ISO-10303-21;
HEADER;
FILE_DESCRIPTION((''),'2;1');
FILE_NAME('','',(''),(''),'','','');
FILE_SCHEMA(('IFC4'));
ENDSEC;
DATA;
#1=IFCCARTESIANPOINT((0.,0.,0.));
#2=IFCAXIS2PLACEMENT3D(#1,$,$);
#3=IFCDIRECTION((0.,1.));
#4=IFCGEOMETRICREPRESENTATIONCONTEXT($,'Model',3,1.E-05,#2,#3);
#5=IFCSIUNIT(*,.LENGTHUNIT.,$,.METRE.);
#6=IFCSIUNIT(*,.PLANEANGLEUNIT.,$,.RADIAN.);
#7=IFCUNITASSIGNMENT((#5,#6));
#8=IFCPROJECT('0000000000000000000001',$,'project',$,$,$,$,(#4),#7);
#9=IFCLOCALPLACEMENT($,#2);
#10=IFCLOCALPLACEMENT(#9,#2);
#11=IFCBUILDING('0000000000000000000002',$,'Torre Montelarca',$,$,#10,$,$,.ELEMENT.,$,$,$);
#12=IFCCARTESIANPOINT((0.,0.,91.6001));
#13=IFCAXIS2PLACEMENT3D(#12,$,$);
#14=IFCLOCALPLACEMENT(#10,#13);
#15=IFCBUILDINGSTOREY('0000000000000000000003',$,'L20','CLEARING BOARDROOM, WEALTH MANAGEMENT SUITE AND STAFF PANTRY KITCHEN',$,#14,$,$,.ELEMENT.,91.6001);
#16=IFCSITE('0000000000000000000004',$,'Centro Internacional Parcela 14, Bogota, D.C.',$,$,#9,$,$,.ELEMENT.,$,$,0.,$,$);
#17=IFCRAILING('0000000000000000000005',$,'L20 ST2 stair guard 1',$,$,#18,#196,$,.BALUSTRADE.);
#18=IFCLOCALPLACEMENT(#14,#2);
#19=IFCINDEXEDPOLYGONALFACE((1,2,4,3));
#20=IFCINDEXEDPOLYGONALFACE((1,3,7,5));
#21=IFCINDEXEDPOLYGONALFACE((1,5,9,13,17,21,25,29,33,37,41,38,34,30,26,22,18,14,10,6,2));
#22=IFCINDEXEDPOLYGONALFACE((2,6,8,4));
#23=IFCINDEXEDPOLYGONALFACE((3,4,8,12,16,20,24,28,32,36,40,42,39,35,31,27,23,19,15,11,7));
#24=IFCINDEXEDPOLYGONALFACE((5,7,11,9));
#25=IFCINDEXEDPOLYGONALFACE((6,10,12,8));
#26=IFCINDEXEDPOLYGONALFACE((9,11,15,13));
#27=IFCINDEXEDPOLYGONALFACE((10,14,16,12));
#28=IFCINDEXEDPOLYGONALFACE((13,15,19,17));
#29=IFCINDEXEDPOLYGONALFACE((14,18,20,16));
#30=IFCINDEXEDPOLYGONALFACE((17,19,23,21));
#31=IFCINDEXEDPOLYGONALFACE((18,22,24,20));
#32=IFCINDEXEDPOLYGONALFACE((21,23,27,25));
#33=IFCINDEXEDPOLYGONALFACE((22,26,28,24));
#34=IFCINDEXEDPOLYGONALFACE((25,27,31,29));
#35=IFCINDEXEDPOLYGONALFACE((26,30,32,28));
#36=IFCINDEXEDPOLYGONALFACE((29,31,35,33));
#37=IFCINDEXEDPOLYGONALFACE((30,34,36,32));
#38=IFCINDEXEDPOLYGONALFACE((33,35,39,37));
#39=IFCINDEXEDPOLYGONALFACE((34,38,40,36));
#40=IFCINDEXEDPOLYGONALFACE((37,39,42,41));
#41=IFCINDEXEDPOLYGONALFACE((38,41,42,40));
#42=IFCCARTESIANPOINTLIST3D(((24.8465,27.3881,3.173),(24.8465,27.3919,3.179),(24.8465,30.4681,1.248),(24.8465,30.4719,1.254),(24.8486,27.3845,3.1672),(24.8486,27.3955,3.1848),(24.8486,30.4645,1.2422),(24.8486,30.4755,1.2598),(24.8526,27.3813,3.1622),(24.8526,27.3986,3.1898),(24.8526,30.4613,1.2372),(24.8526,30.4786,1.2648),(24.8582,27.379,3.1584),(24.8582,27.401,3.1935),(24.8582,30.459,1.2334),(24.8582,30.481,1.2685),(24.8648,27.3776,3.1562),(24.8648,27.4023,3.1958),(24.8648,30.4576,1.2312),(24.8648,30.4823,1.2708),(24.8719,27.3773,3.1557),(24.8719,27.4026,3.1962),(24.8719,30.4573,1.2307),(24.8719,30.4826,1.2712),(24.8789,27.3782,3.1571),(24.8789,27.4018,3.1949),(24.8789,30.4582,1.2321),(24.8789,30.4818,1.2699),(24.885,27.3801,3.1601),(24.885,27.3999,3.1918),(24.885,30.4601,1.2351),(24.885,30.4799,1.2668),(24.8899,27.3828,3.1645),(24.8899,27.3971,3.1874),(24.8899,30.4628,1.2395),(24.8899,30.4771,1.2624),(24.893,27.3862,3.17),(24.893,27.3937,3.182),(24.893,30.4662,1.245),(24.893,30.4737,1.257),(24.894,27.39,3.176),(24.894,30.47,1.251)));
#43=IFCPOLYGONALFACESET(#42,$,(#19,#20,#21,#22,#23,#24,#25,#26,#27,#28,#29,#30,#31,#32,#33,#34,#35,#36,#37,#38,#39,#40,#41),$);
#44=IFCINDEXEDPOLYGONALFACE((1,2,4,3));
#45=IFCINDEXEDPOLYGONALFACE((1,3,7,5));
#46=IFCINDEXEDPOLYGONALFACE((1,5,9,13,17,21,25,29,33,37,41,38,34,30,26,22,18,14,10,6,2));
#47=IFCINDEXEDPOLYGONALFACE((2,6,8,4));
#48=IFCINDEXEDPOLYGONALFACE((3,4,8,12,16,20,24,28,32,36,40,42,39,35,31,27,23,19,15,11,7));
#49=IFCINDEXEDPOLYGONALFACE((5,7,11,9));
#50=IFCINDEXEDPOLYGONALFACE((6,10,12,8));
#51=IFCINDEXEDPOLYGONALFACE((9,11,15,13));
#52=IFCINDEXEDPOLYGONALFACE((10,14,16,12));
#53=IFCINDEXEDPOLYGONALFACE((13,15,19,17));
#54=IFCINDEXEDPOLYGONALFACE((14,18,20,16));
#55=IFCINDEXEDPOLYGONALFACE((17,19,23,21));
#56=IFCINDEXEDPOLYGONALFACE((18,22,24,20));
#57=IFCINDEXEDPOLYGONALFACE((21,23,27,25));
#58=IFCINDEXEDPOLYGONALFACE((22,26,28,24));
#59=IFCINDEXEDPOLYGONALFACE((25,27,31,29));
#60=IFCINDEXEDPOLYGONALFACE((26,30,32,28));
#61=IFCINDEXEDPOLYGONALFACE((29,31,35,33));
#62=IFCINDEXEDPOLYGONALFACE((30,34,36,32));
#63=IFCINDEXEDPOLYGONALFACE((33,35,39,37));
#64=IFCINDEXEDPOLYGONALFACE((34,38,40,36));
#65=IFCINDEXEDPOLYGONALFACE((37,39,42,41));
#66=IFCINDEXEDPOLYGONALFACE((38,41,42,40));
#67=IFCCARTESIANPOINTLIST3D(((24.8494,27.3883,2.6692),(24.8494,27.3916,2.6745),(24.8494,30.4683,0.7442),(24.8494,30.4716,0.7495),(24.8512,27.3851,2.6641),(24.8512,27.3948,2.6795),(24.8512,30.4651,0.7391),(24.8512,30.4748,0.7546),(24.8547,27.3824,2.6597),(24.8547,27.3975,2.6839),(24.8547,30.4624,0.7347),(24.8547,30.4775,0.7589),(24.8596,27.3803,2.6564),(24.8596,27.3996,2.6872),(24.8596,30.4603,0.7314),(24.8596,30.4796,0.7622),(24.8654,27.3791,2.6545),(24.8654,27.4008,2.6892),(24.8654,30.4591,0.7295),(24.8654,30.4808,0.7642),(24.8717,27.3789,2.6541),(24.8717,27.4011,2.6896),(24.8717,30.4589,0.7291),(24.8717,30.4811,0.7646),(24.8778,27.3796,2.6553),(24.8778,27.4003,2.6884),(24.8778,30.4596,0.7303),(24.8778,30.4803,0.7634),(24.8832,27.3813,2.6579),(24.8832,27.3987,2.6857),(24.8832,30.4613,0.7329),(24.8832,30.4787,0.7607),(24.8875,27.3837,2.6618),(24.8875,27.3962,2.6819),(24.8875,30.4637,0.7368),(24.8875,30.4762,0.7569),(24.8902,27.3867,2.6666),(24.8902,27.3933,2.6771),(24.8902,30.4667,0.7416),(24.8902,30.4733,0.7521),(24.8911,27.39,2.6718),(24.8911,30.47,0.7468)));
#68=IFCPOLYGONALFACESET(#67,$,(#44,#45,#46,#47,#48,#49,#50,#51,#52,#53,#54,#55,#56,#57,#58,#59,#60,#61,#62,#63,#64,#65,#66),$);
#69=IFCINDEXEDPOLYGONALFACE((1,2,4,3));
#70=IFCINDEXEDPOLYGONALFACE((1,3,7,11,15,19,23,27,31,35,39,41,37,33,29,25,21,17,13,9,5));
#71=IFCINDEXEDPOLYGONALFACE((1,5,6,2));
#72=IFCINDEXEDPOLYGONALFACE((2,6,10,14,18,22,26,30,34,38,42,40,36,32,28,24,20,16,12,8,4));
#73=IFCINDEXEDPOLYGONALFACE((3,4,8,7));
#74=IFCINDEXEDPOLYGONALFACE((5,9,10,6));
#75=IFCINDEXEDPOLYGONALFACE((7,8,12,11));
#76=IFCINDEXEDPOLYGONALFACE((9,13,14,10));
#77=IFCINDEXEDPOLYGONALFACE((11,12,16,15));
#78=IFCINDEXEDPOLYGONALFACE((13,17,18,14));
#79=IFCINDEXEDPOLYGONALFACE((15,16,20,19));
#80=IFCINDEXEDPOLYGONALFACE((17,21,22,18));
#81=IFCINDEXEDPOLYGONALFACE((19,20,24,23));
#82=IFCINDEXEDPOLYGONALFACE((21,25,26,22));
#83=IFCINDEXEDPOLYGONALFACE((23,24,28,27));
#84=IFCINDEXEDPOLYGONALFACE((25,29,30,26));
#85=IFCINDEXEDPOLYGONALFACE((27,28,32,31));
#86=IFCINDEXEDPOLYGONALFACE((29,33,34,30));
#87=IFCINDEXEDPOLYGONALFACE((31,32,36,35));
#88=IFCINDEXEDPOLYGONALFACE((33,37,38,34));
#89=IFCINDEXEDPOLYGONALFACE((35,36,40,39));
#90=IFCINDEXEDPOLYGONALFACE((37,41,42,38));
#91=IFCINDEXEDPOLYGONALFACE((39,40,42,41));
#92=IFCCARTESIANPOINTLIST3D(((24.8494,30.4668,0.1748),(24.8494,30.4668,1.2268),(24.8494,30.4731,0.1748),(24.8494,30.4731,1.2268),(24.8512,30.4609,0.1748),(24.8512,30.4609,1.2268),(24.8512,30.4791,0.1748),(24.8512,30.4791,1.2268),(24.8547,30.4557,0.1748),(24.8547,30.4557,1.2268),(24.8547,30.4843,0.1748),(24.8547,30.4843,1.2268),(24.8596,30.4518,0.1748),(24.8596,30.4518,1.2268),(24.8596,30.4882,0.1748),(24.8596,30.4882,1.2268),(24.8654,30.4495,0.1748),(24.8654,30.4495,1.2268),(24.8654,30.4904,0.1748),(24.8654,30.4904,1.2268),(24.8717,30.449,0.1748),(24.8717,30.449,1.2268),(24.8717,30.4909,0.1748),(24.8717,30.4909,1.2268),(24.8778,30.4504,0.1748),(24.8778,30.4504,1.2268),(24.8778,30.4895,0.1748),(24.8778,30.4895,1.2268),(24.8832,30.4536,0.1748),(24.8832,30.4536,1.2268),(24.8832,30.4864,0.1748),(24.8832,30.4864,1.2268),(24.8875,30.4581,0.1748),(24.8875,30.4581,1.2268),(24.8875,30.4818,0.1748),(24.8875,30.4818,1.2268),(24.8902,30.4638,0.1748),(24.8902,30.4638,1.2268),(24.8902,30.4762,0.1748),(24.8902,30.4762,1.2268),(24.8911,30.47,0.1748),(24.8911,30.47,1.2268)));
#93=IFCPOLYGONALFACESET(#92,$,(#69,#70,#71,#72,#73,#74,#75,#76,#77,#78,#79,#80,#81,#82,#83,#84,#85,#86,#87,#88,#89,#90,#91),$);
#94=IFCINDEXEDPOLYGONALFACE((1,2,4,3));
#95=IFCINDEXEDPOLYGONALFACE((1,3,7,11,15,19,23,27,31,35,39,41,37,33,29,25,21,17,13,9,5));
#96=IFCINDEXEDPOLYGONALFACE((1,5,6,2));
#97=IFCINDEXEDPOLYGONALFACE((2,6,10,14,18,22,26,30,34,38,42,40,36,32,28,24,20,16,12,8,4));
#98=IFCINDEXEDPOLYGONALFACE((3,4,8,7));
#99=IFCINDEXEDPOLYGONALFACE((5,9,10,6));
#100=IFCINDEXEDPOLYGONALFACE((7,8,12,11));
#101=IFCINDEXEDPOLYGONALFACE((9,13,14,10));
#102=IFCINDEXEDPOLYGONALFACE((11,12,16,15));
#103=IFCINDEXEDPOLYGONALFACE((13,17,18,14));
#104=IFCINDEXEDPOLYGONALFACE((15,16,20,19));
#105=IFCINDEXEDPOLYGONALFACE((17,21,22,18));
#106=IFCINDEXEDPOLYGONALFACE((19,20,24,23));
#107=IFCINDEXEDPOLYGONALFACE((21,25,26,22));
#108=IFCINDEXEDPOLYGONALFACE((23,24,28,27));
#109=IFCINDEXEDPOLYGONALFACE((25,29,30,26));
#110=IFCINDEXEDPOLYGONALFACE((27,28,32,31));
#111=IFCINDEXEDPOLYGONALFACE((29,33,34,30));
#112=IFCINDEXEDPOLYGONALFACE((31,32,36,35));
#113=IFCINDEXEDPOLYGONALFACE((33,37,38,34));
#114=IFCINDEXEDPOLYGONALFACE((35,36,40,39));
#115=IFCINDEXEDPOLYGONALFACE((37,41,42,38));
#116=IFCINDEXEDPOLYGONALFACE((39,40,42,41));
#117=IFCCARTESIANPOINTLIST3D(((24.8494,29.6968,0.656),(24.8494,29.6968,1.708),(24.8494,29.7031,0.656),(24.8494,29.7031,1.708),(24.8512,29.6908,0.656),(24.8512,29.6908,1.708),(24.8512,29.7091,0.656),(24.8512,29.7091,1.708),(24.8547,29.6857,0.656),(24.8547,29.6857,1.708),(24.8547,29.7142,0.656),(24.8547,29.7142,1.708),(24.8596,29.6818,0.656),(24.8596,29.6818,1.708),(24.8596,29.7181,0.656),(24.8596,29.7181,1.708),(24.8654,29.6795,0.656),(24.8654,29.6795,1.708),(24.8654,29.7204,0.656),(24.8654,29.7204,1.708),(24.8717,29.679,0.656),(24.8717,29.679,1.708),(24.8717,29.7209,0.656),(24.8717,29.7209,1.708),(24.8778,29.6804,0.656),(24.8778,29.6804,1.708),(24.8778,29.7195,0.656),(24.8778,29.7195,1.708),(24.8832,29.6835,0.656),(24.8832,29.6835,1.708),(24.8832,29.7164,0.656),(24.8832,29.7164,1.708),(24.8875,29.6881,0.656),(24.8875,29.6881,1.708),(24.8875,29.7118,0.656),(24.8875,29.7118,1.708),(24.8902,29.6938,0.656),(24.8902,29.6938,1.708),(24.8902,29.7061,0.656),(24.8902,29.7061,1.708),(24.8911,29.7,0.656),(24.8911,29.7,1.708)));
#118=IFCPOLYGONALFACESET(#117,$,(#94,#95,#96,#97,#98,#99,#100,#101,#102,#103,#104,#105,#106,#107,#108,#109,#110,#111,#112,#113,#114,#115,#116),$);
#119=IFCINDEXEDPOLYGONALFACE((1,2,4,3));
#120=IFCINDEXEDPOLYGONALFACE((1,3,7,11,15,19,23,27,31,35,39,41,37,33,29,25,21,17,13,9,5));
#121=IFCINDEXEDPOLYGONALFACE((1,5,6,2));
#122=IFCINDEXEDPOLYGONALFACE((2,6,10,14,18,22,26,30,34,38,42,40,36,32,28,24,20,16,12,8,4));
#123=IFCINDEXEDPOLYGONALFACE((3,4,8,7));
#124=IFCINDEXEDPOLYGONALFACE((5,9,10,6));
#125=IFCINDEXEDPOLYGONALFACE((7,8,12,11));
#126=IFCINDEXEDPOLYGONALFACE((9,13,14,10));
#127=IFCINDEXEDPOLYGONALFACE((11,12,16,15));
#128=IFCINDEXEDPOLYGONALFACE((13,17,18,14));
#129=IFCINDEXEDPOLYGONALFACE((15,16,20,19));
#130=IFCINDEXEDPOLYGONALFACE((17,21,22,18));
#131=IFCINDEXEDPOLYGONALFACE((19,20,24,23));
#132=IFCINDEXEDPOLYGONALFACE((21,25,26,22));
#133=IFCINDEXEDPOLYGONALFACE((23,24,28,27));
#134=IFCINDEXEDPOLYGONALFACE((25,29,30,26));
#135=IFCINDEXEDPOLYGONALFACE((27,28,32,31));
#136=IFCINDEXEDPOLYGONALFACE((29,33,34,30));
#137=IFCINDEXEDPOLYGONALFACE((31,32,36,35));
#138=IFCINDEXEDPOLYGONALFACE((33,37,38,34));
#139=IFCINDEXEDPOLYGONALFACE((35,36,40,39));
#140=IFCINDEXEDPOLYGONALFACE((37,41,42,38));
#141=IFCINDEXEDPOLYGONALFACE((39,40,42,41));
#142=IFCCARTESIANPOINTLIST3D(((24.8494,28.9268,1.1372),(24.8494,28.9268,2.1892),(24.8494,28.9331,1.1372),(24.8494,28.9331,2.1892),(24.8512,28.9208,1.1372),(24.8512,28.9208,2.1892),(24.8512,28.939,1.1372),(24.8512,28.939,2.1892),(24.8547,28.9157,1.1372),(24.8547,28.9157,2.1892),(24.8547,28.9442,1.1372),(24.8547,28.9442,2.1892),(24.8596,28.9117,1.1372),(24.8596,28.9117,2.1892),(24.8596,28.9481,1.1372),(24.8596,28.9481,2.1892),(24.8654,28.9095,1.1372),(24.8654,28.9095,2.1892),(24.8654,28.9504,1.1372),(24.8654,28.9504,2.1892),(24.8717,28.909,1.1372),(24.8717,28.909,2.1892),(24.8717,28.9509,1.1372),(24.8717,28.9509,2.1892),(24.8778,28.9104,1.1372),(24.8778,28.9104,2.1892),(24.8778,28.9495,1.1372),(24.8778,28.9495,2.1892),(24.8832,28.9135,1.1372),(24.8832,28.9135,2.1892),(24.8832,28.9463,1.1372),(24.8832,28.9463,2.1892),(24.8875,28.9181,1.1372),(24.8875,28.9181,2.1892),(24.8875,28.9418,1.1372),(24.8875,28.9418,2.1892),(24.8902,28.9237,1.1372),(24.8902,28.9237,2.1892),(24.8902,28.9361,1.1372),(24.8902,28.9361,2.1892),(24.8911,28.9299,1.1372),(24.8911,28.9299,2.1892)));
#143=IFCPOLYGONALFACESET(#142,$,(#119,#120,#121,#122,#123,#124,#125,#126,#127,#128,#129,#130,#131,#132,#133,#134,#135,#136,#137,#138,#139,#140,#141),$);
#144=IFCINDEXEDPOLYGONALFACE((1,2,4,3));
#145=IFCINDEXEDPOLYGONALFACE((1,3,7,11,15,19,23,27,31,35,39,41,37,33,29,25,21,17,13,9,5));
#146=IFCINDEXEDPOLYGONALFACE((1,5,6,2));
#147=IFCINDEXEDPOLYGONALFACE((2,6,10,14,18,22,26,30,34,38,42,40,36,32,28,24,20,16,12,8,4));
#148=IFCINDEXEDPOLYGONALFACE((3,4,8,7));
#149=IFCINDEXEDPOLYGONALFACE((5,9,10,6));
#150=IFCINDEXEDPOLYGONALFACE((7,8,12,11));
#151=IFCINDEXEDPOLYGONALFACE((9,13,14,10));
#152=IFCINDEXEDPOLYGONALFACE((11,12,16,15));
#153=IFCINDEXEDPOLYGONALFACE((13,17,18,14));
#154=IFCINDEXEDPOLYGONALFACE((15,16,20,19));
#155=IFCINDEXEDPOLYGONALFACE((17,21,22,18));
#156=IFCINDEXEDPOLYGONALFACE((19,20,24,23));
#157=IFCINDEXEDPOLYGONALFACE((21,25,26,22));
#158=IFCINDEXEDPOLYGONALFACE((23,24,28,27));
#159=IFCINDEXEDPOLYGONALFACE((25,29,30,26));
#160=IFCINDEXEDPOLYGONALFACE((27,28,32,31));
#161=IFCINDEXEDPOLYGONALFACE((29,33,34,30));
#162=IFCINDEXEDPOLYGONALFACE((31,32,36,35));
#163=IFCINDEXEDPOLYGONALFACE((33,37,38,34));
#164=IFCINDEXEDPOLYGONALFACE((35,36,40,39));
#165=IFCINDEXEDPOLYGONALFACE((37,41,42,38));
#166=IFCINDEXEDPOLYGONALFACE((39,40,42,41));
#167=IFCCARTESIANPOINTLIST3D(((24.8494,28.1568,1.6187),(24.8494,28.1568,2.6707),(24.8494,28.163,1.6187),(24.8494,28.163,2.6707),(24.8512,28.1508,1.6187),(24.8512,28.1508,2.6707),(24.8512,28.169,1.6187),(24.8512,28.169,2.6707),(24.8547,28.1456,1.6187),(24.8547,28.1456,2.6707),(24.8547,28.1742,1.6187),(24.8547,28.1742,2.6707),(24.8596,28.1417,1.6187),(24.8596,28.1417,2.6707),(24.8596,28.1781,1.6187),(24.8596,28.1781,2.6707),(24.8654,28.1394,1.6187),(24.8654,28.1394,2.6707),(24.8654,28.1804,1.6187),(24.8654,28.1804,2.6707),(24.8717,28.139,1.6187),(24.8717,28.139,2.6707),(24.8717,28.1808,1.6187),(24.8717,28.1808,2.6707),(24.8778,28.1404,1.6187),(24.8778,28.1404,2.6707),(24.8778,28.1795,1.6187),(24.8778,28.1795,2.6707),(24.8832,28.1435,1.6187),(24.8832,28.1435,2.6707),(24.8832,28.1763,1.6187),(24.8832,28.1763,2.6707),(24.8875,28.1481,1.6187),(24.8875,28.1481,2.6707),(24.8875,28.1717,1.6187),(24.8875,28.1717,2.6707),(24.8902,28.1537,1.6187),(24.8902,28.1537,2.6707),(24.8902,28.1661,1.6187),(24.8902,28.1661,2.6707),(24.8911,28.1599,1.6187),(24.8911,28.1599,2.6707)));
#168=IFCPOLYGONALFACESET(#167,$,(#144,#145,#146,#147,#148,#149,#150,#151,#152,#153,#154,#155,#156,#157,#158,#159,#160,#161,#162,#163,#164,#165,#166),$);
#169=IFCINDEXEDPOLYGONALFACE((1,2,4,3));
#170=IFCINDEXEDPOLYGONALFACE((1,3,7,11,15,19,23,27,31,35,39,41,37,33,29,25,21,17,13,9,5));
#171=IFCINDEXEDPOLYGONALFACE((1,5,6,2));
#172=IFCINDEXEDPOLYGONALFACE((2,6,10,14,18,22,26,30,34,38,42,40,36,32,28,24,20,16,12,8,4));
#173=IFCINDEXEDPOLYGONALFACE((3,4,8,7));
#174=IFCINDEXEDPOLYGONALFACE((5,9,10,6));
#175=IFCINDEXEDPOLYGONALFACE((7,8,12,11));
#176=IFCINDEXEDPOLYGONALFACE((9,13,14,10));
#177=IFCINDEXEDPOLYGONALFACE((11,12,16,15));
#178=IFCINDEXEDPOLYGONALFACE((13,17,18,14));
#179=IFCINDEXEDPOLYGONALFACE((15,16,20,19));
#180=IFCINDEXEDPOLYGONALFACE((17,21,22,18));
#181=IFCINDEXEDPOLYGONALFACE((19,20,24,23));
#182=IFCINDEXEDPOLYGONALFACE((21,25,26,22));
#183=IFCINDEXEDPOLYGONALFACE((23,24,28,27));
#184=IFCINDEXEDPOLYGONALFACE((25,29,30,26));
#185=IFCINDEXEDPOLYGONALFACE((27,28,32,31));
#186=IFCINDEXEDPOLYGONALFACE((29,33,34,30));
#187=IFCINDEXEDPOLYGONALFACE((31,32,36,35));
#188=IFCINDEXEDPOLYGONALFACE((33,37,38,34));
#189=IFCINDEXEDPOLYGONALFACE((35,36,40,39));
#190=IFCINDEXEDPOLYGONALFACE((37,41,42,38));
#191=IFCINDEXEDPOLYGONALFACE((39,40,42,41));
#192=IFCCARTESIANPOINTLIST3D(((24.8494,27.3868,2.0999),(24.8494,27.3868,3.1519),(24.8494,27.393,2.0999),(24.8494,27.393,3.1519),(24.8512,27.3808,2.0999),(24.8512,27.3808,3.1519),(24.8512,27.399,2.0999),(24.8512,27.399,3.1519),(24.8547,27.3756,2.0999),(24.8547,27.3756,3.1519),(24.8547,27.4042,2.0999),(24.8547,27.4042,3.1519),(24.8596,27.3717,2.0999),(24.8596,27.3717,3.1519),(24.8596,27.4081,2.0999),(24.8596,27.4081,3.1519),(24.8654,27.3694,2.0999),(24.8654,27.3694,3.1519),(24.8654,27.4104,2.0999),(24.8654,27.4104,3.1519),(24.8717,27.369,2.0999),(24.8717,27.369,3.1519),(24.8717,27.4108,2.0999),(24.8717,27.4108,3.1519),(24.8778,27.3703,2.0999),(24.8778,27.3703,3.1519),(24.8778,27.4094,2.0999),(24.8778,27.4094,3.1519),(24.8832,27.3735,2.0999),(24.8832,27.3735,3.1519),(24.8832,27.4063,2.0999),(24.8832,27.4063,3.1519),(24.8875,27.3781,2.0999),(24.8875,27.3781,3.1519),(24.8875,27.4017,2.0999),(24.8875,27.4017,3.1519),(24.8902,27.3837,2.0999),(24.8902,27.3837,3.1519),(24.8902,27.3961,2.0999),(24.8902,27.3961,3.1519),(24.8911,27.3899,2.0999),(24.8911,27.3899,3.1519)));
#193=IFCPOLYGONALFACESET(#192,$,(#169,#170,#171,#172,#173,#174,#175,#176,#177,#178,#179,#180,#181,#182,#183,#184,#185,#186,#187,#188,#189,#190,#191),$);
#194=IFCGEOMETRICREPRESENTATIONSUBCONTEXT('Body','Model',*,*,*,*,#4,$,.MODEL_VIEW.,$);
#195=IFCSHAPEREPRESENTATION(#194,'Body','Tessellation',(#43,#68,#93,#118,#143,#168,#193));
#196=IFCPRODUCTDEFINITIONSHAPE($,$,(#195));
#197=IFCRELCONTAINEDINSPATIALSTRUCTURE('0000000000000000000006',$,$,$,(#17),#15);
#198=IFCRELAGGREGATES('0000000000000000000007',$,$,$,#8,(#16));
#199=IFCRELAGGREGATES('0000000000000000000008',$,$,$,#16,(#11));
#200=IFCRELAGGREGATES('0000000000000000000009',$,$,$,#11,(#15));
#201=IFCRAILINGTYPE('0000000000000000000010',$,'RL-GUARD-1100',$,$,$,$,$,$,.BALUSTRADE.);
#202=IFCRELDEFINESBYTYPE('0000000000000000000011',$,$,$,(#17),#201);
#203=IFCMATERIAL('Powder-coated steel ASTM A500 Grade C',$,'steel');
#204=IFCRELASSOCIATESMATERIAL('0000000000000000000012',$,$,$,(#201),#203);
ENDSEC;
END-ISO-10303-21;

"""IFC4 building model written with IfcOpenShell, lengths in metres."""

from ifc_helpers import new_model, si_unit, direction, frame, origin, origin_2d, place, context, subcontext, project, spatial, circle, extrude, material, type_object, element, save


model = new_model("IFC4")

# Units and contexts
model_context = context("Model", 3, precision=1e-05, world=origin(), true_north=direction((0.0, 1.0)))
body_context = subcontext(model_context, "Body", "Model", "MODEL_VIEW")
ifc_project = project(units=[si_unit("LENGTHUNIT", "METRE"), si_unit("PLANEANGLEUNIT", "RADIAN")], contexts=[model_context])

# Site, building, storey
site_placement = place(None, origin())
site = spatial("IfcSite", under=ifc_project, at=site_placement, Name="Centro Internacional Parcela 14, Bogota, D.C.", CompositionType="ELEMENT", RefElevation=0.0)
building_placement = place(site_placement, origin())
building = spatial("IfcBuilding", under=site, at=building_placement, Name="Torre Montelarca", CompositionType="ELEMENT")
storey_placement = place(building_placement, frame((0.0, 0.0, 91.6001)))
storey = spatial("IfcBuildingStorey", under=building, at=storey_placement, Name="L20", Description="CLEARING BOARDROOM, WEALTH MANAGEMENT SUITE AND STAFF PANTRY KITCHEN", CompositionType="ELEMENT", Elevation=91.6001)

# Railing
ifc_material_1 = material(Name="Powder-coated steel ASTM A500 Grade C", Category="steel")
railing_type_1 = type_object("IfcRailingType", Name="RL-GUARD-1100", PredefinedType="BALUSTRADE", material=ifc_material_1)
railing_1_placement = place(storey_placement, frame((24.8701, 30.47, 0.1748)))
element("IfcRailing", 1, at=railing_1_placement, inside=storey, type_object=railing_type_1, Name="L20 ST2 stair guard 1", PredefinedType="BALUSTRADE", context=body_context, shape_type="SweptSolid", body=[
    extrude(circle(Radius=0.0239, at=origin_2d()), frame((0.0, 0.0, 1.0762), z_axis=(0.0, -0.847998, 0.529999), x_axis=(1.0, 0.0, 0.0)), (0.0, 0.0, 1.0), 3.6321),
    extrude(circle(Radius=0.021, at=origin_2d()), frame((0.0, 0.0, 0.572), z_axis=(0.0, -0.847998, 0.529999), x_axis=(1.0, 0.0, 0.0)), (0.0, 0.0, 1.0), 3.6321),
    extrude(circle(Radius=0.021, at=origin_2d()), origin(), (0.0, 0.0, 1.0), 1.052),
    extrude(circle(Radius=0.021, at=origin_2d()), frame((0.0, -0.77, 0.4812)), (0.0, 0.0, 1.0), 1.052),
    extrude(circle(Radius=0.021, at=origin_2d()), frame((0.0, -1.54, 0.9624)), (0.0, 0.0, 1.0), 1.052),
    extrude(circle(Radius=0.021, at=origin_2d()), frame((0.0, -2.3101, 1.4438)), (0.0, 0.0, 1.0), 1.052),
    extrude(circle(Radius=0.021, at=origin_2d()), frame((0.0, -3.0801, 1.925)), (0.0, 0.0, 1.0), 1.052),
])

save(model, "model.ifc")
